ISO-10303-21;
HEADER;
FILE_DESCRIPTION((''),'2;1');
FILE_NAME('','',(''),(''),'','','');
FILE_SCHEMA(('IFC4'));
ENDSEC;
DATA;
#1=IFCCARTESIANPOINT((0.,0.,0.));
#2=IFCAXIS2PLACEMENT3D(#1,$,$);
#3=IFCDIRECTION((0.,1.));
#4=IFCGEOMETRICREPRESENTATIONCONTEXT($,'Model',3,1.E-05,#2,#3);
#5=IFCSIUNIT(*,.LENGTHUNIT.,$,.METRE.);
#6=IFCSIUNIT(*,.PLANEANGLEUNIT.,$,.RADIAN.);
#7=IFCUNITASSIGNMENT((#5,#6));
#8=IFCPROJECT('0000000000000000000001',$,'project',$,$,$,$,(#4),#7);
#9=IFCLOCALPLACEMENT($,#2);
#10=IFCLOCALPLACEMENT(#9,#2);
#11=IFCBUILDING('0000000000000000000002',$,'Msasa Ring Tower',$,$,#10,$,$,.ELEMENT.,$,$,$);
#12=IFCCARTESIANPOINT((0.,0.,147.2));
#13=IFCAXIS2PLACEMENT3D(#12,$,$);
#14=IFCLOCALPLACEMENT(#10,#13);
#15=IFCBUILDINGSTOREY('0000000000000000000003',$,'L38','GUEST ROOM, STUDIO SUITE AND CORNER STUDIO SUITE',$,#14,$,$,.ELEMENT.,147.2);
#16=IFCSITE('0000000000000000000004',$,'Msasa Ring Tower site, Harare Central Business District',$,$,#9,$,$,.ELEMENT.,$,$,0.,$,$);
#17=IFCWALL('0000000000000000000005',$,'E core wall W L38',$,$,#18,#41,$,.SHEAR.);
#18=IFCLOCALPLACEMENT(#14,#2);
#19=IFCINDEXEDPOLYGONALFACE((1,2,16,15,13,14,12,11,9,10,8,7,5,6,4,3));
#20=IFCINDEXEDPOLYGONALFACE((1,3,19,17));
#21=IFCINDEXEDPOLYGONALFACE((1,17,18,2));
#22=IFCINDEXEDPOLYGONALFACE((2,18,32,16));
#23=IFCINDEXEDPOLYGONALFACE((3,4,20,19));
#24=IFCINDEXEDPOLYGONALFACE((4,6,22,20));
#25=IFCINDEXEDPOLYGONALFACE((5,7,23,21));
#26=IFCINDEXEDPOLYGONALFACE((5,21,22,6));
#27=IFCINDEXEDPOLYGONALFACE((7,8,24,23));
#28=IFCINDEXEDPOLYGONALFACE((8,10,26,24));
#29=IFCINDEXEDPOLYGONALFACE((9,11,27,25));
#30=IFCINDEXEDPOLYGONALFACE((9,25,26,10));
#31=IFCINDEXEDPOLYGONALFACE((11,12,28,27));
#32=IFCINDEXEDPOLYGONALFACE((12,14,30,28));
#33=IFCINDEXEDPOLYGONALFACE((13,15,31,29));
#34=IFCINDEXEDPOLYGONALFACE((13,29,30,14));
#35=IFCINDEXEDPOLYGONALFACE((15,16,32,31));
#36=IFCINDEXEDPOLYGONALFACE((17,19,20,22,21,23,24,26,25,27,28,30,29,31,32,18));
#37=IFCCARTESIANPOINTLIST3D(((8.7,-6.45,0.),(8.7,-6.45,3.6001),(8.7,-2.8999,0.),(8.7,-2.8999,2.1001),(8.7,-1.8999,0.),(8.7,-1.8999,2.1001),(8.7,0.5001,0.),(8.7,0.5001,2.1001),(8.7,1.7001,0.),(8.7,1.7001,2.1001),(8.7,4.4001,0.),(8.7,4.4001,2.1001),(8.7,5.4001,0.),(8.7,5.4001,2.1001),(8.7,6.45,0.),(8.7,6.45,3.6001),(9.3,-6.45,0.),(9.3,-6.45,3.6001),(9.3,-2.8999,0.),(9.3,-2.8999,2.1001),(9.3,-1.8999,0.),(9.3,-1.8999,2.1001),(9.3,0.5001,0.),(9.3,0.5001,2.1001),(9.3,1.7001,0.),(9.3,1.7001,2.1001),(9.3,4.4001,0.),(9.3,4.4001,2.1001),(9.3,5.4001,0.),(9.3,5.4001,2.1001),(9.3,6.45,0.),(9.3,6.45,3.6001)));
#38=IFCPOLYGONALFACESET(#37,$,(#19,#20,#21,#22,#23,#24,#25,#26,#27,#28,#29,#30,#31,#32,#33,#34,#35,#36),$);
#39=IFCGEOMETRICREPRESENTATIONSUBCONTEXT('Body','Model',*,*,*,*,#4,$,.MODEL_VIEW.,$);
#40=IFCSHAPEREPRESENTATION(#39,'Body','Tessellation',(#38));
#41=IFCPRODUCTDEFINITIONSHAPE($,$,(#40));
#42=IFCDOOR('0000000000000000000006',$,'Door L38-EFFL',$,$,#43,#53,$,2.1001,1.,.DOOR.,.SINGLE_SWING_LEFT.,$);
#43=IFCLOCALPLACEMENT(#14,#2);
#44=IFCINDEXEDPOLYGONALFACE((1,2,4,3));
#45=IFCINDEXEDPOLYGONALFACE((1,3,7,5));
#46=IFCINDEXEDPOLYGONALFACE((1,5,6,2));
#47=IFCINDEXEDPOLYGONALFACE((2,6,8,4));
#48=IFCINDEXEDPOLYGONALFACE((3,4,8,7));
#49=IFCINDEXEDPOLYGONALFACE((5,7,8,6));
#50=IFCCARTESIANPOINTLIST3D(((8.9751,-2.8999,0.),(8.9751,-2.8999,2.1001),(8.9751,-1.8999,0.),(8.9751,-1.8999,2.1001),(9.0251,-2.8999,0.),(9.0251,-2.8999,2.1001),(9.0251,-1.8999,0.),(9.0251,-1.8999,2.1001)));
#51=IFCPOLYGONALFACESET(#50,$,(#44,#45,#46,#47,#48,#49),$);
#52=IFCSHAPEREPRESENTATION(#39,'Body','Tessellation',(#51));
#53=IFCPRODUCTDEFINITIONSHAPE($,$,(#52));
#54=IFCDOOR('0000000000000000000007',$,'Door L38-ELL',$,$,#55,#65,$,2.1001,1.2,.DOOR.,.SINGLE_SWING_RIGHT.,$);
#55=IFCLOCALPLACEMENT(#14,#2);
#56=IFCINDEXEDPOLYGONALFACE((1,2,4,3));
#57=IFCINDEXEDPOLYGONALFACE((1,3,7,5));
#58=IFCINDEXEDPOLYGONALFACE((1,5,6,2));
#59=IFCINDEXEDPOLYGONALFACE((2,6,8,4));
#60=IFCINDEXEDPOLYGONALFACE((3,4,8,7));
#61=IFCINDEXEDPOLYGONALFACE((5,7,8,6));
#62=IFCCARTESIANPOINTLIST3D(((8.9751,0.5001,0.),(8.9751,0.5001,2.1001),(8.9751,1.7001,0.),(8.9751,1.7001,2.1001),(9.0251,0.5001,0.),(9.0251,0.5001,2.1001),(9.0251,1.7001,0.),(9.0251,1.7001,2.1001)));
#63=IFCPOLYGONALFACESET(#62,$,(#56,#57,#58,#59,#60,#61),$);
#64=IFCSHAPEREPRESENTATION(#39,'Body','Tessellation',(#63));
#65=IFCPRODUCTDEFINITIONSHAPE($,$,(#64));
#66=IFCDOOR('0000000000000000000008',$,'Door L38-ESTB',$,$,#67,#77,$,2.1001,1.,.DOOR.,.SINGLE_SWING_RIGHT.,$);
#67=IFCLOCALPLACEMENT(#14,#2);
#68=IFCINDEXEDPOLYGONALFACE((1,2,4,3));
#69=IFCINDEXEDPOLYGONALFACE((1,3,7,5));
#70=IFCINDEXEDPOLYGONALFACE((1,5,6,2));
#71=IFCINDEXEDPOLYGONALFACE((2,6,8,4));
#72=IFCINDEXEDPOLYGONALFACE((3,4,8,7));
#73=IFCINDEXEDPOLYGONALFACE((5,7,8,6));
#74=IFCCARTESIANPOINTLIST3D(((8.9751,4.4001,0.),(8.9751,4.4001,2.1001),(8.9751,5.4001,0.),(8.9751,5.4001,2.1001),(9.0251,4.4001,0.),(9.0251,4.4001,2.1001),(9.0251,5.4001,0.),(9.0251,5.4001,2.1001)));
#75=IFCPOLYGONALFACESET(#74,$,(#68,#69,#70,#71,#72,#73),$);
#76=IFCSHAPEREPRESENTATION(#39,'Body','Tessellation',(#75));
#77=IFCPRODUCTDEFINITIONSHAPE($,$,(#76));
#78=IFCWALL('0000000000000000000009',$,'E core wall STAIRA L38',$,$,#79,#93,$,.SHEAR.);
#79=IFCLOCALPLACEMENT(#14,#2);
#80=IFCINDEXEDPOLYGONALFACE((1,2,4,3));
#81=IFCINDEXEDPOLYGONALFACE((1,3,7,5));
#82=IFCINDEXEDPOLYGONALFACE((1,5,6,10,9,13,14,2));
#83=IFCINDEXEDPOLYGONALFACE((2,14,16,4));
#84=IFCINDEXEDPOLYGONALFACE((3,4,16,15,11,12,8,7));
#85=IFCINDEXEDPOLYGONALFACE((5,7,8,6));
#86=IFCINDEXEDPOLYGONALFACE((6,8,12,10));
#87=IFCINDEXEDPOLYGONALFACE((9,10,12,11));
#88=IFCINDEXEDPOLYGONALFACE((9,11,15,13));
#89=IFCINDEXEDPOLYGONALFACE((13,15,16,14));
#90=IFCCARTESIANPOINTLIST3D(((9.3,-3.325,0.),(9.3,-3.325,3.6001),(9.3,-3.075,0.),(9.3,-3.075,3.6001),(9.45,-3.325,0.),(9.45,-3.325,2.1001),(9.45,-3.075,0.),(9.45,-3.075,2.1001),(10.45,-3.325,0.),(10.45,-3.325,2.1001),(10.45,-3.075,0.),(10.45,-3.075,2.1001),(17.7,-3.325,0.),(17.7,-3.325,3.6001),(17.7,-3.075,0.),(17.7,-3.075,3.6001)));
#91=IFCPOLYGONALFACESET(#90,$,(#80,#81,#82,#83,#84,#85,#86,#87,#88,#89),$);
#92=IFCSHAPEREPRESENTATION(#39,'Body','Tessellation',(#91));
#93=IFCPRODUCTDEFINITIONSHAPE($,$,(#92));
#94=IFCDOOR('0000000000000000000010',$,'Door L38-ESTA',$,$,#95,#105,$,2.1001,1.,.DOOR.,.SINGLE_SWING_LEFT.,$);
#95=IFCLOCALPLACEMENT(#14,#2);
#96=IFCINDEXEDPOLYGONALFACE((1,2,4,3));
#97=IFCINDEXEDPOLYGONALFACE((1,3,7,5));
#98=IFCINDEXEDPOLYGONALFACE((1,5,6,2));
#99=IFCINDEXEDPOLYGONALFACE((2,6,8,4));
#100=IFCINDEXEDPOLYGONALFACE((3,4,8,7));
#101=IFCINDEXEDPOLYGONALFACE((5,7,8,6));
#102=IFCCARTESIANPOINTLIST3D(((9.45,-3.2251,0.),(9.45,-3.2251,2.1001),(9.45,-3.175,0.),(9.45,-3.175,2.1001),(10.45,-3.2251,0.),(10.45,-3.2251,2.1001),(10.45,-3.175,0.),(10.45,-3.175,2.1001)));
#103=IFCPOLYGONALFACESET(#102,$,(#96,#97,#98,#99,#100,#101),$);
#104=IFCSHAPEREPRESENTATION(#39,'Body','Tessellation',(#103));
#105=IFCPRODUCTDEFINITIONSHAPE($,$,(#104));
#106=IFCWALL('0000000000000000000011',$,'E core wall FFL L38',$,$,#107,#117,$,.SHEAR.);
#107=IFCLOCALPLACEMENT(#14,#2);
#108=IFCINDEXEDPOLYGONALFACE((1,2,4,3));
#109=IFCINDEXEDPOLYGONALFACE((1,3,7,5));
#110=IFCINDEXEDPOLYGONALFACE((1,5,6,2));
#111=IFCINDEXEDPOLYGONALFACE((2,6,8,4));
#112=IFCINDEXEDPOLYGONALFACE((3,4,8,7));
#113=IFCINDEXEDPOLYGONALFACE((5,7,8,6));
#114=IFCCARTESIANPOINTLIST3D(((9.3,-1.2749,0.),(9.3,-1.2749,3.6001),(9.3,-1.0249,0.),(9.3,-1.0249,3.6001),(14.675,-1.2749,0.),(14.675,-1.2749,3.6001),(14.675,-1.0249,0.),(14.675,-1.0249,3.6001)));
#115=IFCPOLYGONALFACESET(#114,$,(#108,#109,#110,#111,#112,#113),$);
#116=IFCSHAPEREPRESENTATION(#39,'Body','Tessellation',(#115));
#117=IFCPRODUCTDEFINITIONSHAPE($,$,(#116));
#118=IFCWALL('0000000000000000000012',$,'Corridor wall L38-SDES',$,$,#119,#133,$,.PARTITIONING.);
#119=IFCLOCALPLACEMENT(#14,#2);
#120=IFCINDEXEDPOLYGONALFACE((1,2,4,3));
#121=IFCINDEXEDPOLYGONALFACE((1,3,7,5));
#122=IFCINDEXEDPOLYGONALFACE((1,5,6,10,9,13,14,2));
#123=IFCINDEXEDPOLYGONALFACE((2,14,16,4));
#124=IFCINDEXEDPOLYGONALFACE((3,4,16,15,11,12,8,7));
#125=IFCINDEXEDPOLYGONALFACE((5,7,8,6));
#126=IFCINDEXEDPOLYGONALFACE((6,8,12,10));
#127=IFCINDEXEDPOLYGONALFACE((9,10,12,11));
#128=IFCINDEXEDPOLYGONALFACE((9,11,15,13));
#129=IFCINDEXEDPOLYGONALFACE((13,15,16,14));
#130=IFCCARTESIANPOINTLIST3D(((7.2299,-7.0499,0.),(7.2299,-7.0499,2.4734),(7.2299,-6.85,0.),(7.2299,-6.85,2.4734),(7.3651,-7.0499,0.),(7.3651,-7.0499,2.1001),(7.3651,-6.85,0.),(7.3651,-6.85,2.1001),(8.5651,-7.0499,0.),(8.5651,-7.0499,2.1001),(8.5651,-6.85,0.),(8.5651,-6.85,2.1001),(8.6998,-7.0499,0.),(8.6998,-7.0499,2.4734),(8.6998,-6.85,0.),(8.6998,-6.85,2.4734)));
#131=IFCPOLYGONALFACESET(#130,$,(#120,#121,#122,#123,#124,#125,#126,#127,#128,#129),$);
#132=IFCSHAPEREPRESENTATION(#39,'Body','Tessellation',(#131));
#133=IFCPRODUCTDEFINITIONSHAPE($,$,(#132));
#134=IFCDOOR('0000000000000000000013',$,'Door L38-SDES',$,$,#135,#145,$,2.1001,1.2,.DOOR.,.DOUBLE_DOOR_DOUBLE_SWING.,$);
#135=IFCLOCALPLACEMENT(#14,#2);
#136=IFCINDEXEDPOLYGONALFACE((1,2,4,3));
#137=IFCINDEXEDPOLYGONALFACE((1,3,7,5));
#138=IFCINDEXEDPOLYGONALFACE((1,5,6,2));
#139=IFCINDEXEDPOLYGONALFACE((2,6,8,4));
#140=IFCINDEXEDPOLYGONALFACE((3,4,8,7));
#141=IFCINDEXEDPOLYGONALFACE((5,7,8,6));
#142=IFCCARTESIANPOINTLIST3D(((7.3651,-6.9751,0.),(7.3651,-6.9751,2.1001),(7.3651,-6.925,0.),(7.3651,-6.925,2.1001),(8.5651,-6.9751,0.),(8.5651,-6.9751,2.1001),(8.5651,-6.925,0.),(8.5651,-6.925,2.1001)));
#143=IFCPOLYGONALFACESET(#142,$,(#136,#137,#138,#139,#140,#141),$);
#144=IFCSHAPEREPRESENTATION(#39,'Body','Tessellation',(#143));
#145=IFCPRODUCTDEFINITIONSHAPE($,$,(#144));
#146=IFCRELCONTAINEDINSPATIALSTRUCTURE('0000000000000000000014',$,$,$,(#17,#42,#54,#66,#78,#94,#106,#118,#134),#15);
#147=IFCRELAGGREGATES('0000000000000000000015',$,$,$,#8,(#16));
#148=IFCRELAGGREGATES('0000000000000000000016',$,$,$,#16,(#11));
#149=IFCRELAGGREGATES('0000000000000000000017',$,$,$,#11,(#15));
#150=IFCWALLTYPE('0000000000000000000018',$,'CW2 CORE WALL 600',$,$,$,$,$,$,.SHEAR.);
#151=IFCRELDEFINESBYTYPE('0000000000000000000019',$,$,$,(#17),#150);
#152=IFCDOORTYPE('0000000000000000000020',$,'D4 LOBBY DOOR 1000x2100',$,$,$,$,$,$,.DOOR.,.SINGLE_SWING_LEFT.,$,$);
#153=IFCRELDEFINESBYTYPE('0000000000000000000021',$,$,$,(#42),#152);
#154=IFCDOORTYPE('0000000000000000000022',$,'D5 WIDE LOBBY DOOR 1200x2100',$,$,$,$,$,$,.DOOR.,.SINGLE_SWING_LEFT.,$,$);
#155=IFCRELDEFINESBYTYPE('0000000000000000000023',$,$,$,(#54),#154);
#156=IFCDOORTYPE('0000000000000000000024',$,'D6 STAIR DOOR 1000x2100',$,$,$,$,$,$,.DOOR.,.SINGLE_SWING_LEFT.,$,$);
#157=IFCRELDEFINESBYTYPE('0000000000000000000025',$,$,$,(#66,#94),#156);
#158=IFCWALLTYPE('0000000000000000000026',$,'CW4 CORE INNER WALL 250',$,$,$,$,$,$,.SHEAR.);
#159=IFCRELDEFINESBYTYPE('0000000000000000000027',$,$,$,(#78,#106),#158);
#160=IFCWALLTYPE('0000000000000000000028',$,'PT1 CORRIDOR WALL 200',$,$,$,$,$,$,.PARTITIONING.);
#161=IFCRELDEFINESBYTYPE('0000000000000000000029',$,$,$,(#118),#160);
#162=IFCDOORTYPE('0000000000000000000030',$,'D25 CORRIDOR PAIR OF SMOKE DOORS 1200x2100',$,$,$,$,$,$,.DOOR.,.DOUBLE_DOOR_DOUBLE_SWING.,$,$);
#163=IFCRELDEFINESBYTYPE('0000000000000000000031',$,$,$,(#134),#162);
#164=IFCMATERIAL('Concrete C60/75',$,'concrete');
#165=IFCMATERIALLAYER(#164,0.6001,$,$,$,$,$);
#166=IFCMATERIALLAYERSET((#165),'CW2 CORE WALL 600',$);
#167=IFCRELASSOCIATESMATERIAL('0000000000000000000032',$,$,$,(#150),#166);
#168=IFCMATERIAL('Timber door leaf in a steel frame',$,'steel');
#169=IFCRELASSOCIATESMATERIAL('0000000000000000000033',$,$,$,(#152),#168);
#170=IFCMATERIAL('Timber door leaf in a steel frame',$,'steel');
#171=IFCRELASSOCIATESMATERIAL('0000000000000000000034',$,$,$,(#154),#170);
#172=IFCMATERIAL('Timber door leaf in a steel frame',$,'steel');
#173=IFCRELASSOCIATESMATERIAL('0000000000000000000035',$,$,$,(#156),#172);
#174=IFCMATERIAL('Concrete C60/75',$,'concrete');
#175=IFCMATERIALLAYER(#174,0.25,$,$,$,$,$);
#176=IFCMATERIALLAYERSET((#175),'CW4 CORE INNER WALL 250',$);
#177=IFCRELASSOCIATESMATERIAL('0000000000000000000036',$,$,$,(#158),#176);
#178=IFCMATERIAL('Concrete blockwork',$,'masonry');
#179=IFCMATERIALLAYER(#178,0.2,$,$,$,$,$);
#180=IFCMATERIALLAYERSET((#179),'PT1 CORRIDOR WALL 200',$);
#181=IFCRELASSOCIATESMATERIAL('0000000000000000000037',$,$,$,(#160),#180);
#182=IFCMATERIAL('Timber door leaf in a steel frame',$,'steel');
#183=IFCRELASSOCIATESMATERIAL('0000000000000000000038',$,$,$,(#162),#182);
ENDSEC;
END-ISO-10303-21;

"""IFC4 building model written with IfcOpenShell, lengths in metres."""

from ifc_helpers import new_model, si_unit, direction, frame, frame_2d, origin, place, context, subcontext, project, spatial, rectangle, extrude, material, layer, layer_set, type_object, element, fill, save


model = new_model("IFC4")

# Units and contexts
model_context = context("Model", 3, precision=1e-05, world=origin(), true_north=direction((0.0, 1.0)))
body_context = subcontext(model_context, "Body", "Model", "MODEL_VIEW")
ifc_project = project(units=[si_unit("LENGTHUNIT", "METRE"), si_unit("PLANEANGLEUNIT", "RADIAN")], contexts=[model_context])

# Site, building, storey
site_placement = place(None, origin())
site = spatial("IfcSite", under=ifc_project, at=site_placement, Name="Msasa Ring Tower site, Harare Central Business District", CompositionType="ELEMENT", RefElevation=0.0)
building_placement = place(site_placement, origin())
building = spatial("IfcBuilding", under=site, at=building_placement, Name="Msasa Ring Tower", CompositionType="ELEMENT")
storey_placement = place(building_placement, frame((0.0, 0.0, 147.2)))
storey = spatial("IfcBuildingStorey", under=building, at=storey_placement, Name="L38", Description="GUEST ROOM, STUDIO SUITE AND CORNER STUDIO SUITE", CompositionType="ELEMENT", Elevation=147.2)

# Shared definitions
ifc_material_1 = material(Name="Concrete C60/75", Category="concrete")
ifc_layer_1 = layer(ifc_material_1, 0.6001)
ifc_layer_set_1 = layer_set([ifc_layer_1], Name="CW2 CORE WALL 600")
wall_type_1 = type_object("IfcWallType", Name="CW2 CORE WALL 600", PredefinedType="SHEAR", material=ifc_layer_set_1)

# Wall, openings, doors
wall_1_placement = place(storey_placement, frame((9.0, -6.45, 0.0), z_axis=(0.0, 0.0, 1.0), x_axis=(0.0, 1.0, 0.0)))
wall_1 = element("IfcWall", 1, at=wall_1_placement, inside=storey, type_object=wall_type_1, Name="E core wall W L38", PredefinedType="SHEAR", context=body_context, shape_type="SweptSolid", body=[
    extrude(rectangle(XDim=12.8999, YDim=0.6001, at=frame_2d((6.45, 0.0))), origin(), (0.0, 0.0, 1.0), 3.6001),
])
opening_1_placement = place(wall_1_placement, frame((3.55, 0.0, 0.0)))
opening_1 = element("IfcOpeningElement", 2, at=opening_1_placement, cuts=wall_1, PredefinedType="OPENING", context=body_context, shape_type="SweptSolid", body=[
    extrude(rectangle(XDim=1.0, YDim=2.1001, at=frame_2d((0.5, 1.05))), frame((0.0, 0.3101, 0.0), z_axis=(0.0, -1.0, 0.0), x_axis=(1.0, 0.0, 0.0)), (0.0, 0.0, 1.0), 0.6201),
])
opening_2_placement = place(wall_1_placement, frame((6.95, 0.0, 0.0)))
opening_2 = element("IfcOpeningElement", 3, at=opening_2_placement, cuts=wall_1, PredefinedType="OPENING", context=body_context, shape_type="SweptSolid", body=[
    extrude(rectangle(XDim=1.2, YDim=2.1001, at=frame_2d((0.6001, 1.05))), frame((0.0, 0.3101, 0.0), z_axis=(0.0, -1.0, 0.0), x_axis=(1.0, 0.0, 0.0)), (0.0, 0.0, 1.0), 0.6201),
])
opening_3_placement = place(wall_1_placement, frame((10.8501, 0.0, 0.0)))
opening_3 = element("IfcOpeningElement", 4, at=opening_3_placement, cuts=wall_1, PredefinedType="OPENING", context=body_context, shape_type="SweptSolid", body=[
    extrude(rectangle(XDim=1.0, YDim=2.1001, at=frame_2d((0.5, 1.05))), frame((0.0, 0.3101, 0.0), z_axis=(0.0, -1.0, 0.0), x_axis=(1.0, 0.0, 0.0)), (0.0, 0.0, 1.0), 0.6201),
])
ifc_material_2 = material(Name="Timber door leaf in a steel frame", Category="steel")
door_type_1 = type_object("IfcDoorType", Name="D4 LOBBY DOOR 1000x2100", OperationType="SINGLE_SWING_LEFT", PredefinedType="DOOR", material=ifc_material_2)
door_1_placement = place(opening_1_placement, origin())
door_1 = element("IfcDoor", 5, at=door_1_placement, inside=storey, type_object=door_type_1, Name="Door L38-EFFL", OperationType="SINGLE_SWING_LEFT", OverallHeight=2.1001, OverallWidth=1.0, PredefinedType="DOOR", context=body_context, shape_type="SweptSolid", body=[
    extrude(rectangle(XDim=1.0, YDim=2.1001, at=frame_2d((0.5, 1.05))), frame((0.0, 0.0249, 0.0), z_axis=(0.0, -1.0, 0.0), x_axis=(1.0, 0.0, 0.0)), (0.0, 0.0, 1.0), 0.05),
])
fill(opening_1, door_1)
ifc_material_3 = material(Name="Timber door leaf in a steel frame", Category="steel")
door_type_2 = type_object("IfcDoorType", Name="D5 WIDE LOBBY DOOR 1200x2100", OperationType="SINGLE_SWING_LEFT", PredefinedType="DOOR", material=ifc_material_3)
door_2_placement = place(opening_2_placement, origin())
door_2 = element("IfcDoor", 6, at=door_2_placement, inside=storey, type_object=door_type_2, Name="Door L38-ELL", OperationType="SINGLE_SWING_RIGHT", OverallHeight=2.1001, OverallWidth=1.2, PredefinedType="DOOR", context=body_context, shape_type="SweptSolid", body=[
    extrude(rectangle(XDim=1.2, YDim=2.1001, at=frame_2d((0.6001, 1.05))), frame((0.0, 0.0249, 0.0), z_axis=(0.0, -1.0, 0.0), x_axis=(1.0, 0.0, 0.0)), (0.0, 0.0, 1.0), 0.05),
])
fill(opening_2, door_2)
ifc_material_4 = material(Name="Timber door leaf in a steel frame", Category="steel")
door_type_3 = type_object("IfcDoorType", Name="D6 STAIR DOOR 1000x2100", OperationType="SINGLE_SWING_LEFT", PredefinedType="DOOR", material=ifc_material_4)
door_3_placement = place(opening_3_placement, origin())
door_3 = element("IfcDoor", 7, at=door_3_placement, inside=storey, type_object=door_type_3, Name="Door L38-ESTB", OperationType="SINGLE_SWING_RIGHT", OverallHeight=2.1001, OverallWidth=1.0, PredefinedType="DOOR", context=body_context, shape_type="SweptSolid", body=[
    extrude(rectangle(XDim=1.0, YDim=2.1001, at=frame_2d((0.5, 1.05))), frame((0.0, 0.0249, 0.0), z_axis=(0.0, -1.0, 0.0), x_axis=(1.0, 0.0, 0.0)), (0.0, 0.0, 1.0), 0.05),
])
fill(opening_3, door_3)

# Wall, opening, door
ifc_material_5 = material(Name="Concrete C60/75", Category="concrete")
ifc_layer_2 = layer(ifc_material_5, 0.25)
ifc_layer_set_2 = layer_set([ifc_layer_2], Name="CW4 CORE INNER WALL 250")
wall_type_2 = type_object("IfcWallType", Name="CW4 CORE INNER WALL 250", PredefinedType="SHEAR", material=ifc_layer_set_2)
wall_2_placement = place(storey_placement, frame((9.3, -3.2, 0.0), z_axis=(0.0, 0.0, 1.0), x_axis=(1.0, 0.0, 0.0)))
wall_2 = element("IfcWall", 8, at=wall_2_placement, inside=storey, type_object=wall_type_2, Name="E core wall STAIRA L38", PredefinedType="SHEAR", context=body_context, shape_type="SweptSolid", body=[
    extrude(rectangle(XDim=8.3999, YDim=0.25, at=frame_2d((4.2, 0.0))), origin(), (0.0, 0.0, 1.0), 3.6001),
])
opening_4_placement = place(wall_2_placement, frame((0.1499, 0.0, 0.0)))
opening_4 = element("IfcOpeningElement", 9, at=opening_4_placement, cuts=wall_2, PredefinedType="OPENING", context=body_context, shape_type="SweptSolid", body=[
    extrude(rectangle(XDim=1.0, YDim=2.1001, at=frame_2d((0.5, 1.05))), frame((0.0, 0.135, 0.0), z_axis=(0.0, -1.0, 0.0), x_axis=(1.0, 0.0, 0.0)), (0.0, 0.0, 1.0), 0.27),
])
door_4_placement = place(opening_4_placement, origin())
door_4 = element("IfcDoor", 10, at=door_4_placement, inside=storey, type_object=door_type_3, Name="Door L38-ESTA", OperationType="SINGLE_SWING_LEFT", OverallHeight=2.1001, OverallWidth=1.0, PredefinedType="DOOR", context=body_context, shape_type="SweptSolid", body=[
    extrude(rectangle(XDim=1.0, YDim=2.1001, at=frame_2d((0.5, 1.05))), frame((0.0, 0.0249, 0.0), z_axis=(0.0, -1.0, 0.0), x_axis=(1.0, 0.0, 0.0)), (0.0, 0.0, 1.0), 0.05),
])
fill(opening_4, door_4)

# Wall
wall_3_placement = place(storey_placement, frame((9.3, -1.1499, 0.0), z_axis=(0.0, 0.0, 1.0), x_axis=(1.0, 0.0, 0.0)))
element("IfcWall", 11, at=wall_3_placement, inside=storey, type_object=wall_type_2, Name="E core wall FFL L38", PredefinedType="SHEAR", context=body_context, shape_type="SweptSolid", body=[
    extrude(rectangle(XDim=5.375, YDim=0.25, at=frame_2d((2.6875, 0.0))), origin(), (0.0, 0.0, 1.0), 3.6001),
])

# Wall, opening, door
ifc_material_6 = material(Name="Concrete blockwork", Category="masonry")
ifc_layer_3 = layer(ifc_material_6, 0.2)
ifc_layer_set_3 = layer_set([ifc_layer_3], Name="PT1 CORRIDOR WALL 200")
wall_type_3 = type_object("IfcWallType", Name="PT1 CORRIDOR WALL 200", PredefinedType="PARTITIONING", material=ifc_layer_set_3)
wall_4_placement = place(storey_placement, frame((7.23, -6.95, 0.0), z_axis=(0.0, 0.0, 1.0), x_axis=(1.0, 0.0, 0.0)))
wall_4 = element("IfcWall", 12, at=wall_4_placement, inside=storey, type_object=wall_type_3, Name="Corridor wall L38-SDES", PredefinedType="PARTITIONING", context=body_context, shape_type="SweptSolid", body=[
    extrude(rectangle(XDim=1.47, YDim=0.2, at=frame_2d((0.7349, 0.0))), origin(), (0.0, 0.0, 1.0), 2.4734),
])
opening_5_placement = place(wall_4_placement, frame((0.135, 0.0, 0.0)))
opening_5 = element("IfcOpeningElement", 13, at=opening_5_placement, cuts=wall_4, PredefinedType="OPENING", context=body_context, shape_type="SweptSolid", body=[
    extrude(rectangle(XDim=1.2, YDim=2.1001, at=frame_2d((0.6001, 1.05))), frame((0.0, 0.1099, 0.0), z_axis=(0.0, -1.0, 0.0), x_axis=(1.0, 0.0, 0.0)), (0.0, 0.0, 1.0), 0.22),
])
ifc_material_7 = material(Name="Timber door leaf in a steel frame", Category="steel")
door_type_4 = type_object("IfcDoorType", Name="D25 CORRIDOR PAIR OF SMOKE DOORS 1200x2100", OperationType="DOUBLE_DOOR_DOUBLE_SWING", PredefinedType="DOOR", material=ifc_material_7)
door_5_placement = place(opening_5_placement, origin())
door_5 = element("IfcDoor", 14, at=door_5_placement, inside=storey, type_object=door_type_4, Name="Door L38-SDES", OperationType="DOUBLE_DOOR_DOUBLE_SWING", OverallHeight=2.1001, OverallWidth=1.2, PredefinedType="DOOR", context=body_context, shape_type="SweptSolid", body=[
    extrude(rectangle(XDim=1.2, YDim=2.1001, at=frame_2d((0.6001, 1.05))), frame((0.0, 0.0249, 0.0), z_axis=(0.0, -1.0, 0.0), x_axis=(1.0, 0.0, 0.0)), (0.0, 0.0, 1.0), 0.05),
])
fill(opening_5, door_5)

save(model, "model.ifc")
